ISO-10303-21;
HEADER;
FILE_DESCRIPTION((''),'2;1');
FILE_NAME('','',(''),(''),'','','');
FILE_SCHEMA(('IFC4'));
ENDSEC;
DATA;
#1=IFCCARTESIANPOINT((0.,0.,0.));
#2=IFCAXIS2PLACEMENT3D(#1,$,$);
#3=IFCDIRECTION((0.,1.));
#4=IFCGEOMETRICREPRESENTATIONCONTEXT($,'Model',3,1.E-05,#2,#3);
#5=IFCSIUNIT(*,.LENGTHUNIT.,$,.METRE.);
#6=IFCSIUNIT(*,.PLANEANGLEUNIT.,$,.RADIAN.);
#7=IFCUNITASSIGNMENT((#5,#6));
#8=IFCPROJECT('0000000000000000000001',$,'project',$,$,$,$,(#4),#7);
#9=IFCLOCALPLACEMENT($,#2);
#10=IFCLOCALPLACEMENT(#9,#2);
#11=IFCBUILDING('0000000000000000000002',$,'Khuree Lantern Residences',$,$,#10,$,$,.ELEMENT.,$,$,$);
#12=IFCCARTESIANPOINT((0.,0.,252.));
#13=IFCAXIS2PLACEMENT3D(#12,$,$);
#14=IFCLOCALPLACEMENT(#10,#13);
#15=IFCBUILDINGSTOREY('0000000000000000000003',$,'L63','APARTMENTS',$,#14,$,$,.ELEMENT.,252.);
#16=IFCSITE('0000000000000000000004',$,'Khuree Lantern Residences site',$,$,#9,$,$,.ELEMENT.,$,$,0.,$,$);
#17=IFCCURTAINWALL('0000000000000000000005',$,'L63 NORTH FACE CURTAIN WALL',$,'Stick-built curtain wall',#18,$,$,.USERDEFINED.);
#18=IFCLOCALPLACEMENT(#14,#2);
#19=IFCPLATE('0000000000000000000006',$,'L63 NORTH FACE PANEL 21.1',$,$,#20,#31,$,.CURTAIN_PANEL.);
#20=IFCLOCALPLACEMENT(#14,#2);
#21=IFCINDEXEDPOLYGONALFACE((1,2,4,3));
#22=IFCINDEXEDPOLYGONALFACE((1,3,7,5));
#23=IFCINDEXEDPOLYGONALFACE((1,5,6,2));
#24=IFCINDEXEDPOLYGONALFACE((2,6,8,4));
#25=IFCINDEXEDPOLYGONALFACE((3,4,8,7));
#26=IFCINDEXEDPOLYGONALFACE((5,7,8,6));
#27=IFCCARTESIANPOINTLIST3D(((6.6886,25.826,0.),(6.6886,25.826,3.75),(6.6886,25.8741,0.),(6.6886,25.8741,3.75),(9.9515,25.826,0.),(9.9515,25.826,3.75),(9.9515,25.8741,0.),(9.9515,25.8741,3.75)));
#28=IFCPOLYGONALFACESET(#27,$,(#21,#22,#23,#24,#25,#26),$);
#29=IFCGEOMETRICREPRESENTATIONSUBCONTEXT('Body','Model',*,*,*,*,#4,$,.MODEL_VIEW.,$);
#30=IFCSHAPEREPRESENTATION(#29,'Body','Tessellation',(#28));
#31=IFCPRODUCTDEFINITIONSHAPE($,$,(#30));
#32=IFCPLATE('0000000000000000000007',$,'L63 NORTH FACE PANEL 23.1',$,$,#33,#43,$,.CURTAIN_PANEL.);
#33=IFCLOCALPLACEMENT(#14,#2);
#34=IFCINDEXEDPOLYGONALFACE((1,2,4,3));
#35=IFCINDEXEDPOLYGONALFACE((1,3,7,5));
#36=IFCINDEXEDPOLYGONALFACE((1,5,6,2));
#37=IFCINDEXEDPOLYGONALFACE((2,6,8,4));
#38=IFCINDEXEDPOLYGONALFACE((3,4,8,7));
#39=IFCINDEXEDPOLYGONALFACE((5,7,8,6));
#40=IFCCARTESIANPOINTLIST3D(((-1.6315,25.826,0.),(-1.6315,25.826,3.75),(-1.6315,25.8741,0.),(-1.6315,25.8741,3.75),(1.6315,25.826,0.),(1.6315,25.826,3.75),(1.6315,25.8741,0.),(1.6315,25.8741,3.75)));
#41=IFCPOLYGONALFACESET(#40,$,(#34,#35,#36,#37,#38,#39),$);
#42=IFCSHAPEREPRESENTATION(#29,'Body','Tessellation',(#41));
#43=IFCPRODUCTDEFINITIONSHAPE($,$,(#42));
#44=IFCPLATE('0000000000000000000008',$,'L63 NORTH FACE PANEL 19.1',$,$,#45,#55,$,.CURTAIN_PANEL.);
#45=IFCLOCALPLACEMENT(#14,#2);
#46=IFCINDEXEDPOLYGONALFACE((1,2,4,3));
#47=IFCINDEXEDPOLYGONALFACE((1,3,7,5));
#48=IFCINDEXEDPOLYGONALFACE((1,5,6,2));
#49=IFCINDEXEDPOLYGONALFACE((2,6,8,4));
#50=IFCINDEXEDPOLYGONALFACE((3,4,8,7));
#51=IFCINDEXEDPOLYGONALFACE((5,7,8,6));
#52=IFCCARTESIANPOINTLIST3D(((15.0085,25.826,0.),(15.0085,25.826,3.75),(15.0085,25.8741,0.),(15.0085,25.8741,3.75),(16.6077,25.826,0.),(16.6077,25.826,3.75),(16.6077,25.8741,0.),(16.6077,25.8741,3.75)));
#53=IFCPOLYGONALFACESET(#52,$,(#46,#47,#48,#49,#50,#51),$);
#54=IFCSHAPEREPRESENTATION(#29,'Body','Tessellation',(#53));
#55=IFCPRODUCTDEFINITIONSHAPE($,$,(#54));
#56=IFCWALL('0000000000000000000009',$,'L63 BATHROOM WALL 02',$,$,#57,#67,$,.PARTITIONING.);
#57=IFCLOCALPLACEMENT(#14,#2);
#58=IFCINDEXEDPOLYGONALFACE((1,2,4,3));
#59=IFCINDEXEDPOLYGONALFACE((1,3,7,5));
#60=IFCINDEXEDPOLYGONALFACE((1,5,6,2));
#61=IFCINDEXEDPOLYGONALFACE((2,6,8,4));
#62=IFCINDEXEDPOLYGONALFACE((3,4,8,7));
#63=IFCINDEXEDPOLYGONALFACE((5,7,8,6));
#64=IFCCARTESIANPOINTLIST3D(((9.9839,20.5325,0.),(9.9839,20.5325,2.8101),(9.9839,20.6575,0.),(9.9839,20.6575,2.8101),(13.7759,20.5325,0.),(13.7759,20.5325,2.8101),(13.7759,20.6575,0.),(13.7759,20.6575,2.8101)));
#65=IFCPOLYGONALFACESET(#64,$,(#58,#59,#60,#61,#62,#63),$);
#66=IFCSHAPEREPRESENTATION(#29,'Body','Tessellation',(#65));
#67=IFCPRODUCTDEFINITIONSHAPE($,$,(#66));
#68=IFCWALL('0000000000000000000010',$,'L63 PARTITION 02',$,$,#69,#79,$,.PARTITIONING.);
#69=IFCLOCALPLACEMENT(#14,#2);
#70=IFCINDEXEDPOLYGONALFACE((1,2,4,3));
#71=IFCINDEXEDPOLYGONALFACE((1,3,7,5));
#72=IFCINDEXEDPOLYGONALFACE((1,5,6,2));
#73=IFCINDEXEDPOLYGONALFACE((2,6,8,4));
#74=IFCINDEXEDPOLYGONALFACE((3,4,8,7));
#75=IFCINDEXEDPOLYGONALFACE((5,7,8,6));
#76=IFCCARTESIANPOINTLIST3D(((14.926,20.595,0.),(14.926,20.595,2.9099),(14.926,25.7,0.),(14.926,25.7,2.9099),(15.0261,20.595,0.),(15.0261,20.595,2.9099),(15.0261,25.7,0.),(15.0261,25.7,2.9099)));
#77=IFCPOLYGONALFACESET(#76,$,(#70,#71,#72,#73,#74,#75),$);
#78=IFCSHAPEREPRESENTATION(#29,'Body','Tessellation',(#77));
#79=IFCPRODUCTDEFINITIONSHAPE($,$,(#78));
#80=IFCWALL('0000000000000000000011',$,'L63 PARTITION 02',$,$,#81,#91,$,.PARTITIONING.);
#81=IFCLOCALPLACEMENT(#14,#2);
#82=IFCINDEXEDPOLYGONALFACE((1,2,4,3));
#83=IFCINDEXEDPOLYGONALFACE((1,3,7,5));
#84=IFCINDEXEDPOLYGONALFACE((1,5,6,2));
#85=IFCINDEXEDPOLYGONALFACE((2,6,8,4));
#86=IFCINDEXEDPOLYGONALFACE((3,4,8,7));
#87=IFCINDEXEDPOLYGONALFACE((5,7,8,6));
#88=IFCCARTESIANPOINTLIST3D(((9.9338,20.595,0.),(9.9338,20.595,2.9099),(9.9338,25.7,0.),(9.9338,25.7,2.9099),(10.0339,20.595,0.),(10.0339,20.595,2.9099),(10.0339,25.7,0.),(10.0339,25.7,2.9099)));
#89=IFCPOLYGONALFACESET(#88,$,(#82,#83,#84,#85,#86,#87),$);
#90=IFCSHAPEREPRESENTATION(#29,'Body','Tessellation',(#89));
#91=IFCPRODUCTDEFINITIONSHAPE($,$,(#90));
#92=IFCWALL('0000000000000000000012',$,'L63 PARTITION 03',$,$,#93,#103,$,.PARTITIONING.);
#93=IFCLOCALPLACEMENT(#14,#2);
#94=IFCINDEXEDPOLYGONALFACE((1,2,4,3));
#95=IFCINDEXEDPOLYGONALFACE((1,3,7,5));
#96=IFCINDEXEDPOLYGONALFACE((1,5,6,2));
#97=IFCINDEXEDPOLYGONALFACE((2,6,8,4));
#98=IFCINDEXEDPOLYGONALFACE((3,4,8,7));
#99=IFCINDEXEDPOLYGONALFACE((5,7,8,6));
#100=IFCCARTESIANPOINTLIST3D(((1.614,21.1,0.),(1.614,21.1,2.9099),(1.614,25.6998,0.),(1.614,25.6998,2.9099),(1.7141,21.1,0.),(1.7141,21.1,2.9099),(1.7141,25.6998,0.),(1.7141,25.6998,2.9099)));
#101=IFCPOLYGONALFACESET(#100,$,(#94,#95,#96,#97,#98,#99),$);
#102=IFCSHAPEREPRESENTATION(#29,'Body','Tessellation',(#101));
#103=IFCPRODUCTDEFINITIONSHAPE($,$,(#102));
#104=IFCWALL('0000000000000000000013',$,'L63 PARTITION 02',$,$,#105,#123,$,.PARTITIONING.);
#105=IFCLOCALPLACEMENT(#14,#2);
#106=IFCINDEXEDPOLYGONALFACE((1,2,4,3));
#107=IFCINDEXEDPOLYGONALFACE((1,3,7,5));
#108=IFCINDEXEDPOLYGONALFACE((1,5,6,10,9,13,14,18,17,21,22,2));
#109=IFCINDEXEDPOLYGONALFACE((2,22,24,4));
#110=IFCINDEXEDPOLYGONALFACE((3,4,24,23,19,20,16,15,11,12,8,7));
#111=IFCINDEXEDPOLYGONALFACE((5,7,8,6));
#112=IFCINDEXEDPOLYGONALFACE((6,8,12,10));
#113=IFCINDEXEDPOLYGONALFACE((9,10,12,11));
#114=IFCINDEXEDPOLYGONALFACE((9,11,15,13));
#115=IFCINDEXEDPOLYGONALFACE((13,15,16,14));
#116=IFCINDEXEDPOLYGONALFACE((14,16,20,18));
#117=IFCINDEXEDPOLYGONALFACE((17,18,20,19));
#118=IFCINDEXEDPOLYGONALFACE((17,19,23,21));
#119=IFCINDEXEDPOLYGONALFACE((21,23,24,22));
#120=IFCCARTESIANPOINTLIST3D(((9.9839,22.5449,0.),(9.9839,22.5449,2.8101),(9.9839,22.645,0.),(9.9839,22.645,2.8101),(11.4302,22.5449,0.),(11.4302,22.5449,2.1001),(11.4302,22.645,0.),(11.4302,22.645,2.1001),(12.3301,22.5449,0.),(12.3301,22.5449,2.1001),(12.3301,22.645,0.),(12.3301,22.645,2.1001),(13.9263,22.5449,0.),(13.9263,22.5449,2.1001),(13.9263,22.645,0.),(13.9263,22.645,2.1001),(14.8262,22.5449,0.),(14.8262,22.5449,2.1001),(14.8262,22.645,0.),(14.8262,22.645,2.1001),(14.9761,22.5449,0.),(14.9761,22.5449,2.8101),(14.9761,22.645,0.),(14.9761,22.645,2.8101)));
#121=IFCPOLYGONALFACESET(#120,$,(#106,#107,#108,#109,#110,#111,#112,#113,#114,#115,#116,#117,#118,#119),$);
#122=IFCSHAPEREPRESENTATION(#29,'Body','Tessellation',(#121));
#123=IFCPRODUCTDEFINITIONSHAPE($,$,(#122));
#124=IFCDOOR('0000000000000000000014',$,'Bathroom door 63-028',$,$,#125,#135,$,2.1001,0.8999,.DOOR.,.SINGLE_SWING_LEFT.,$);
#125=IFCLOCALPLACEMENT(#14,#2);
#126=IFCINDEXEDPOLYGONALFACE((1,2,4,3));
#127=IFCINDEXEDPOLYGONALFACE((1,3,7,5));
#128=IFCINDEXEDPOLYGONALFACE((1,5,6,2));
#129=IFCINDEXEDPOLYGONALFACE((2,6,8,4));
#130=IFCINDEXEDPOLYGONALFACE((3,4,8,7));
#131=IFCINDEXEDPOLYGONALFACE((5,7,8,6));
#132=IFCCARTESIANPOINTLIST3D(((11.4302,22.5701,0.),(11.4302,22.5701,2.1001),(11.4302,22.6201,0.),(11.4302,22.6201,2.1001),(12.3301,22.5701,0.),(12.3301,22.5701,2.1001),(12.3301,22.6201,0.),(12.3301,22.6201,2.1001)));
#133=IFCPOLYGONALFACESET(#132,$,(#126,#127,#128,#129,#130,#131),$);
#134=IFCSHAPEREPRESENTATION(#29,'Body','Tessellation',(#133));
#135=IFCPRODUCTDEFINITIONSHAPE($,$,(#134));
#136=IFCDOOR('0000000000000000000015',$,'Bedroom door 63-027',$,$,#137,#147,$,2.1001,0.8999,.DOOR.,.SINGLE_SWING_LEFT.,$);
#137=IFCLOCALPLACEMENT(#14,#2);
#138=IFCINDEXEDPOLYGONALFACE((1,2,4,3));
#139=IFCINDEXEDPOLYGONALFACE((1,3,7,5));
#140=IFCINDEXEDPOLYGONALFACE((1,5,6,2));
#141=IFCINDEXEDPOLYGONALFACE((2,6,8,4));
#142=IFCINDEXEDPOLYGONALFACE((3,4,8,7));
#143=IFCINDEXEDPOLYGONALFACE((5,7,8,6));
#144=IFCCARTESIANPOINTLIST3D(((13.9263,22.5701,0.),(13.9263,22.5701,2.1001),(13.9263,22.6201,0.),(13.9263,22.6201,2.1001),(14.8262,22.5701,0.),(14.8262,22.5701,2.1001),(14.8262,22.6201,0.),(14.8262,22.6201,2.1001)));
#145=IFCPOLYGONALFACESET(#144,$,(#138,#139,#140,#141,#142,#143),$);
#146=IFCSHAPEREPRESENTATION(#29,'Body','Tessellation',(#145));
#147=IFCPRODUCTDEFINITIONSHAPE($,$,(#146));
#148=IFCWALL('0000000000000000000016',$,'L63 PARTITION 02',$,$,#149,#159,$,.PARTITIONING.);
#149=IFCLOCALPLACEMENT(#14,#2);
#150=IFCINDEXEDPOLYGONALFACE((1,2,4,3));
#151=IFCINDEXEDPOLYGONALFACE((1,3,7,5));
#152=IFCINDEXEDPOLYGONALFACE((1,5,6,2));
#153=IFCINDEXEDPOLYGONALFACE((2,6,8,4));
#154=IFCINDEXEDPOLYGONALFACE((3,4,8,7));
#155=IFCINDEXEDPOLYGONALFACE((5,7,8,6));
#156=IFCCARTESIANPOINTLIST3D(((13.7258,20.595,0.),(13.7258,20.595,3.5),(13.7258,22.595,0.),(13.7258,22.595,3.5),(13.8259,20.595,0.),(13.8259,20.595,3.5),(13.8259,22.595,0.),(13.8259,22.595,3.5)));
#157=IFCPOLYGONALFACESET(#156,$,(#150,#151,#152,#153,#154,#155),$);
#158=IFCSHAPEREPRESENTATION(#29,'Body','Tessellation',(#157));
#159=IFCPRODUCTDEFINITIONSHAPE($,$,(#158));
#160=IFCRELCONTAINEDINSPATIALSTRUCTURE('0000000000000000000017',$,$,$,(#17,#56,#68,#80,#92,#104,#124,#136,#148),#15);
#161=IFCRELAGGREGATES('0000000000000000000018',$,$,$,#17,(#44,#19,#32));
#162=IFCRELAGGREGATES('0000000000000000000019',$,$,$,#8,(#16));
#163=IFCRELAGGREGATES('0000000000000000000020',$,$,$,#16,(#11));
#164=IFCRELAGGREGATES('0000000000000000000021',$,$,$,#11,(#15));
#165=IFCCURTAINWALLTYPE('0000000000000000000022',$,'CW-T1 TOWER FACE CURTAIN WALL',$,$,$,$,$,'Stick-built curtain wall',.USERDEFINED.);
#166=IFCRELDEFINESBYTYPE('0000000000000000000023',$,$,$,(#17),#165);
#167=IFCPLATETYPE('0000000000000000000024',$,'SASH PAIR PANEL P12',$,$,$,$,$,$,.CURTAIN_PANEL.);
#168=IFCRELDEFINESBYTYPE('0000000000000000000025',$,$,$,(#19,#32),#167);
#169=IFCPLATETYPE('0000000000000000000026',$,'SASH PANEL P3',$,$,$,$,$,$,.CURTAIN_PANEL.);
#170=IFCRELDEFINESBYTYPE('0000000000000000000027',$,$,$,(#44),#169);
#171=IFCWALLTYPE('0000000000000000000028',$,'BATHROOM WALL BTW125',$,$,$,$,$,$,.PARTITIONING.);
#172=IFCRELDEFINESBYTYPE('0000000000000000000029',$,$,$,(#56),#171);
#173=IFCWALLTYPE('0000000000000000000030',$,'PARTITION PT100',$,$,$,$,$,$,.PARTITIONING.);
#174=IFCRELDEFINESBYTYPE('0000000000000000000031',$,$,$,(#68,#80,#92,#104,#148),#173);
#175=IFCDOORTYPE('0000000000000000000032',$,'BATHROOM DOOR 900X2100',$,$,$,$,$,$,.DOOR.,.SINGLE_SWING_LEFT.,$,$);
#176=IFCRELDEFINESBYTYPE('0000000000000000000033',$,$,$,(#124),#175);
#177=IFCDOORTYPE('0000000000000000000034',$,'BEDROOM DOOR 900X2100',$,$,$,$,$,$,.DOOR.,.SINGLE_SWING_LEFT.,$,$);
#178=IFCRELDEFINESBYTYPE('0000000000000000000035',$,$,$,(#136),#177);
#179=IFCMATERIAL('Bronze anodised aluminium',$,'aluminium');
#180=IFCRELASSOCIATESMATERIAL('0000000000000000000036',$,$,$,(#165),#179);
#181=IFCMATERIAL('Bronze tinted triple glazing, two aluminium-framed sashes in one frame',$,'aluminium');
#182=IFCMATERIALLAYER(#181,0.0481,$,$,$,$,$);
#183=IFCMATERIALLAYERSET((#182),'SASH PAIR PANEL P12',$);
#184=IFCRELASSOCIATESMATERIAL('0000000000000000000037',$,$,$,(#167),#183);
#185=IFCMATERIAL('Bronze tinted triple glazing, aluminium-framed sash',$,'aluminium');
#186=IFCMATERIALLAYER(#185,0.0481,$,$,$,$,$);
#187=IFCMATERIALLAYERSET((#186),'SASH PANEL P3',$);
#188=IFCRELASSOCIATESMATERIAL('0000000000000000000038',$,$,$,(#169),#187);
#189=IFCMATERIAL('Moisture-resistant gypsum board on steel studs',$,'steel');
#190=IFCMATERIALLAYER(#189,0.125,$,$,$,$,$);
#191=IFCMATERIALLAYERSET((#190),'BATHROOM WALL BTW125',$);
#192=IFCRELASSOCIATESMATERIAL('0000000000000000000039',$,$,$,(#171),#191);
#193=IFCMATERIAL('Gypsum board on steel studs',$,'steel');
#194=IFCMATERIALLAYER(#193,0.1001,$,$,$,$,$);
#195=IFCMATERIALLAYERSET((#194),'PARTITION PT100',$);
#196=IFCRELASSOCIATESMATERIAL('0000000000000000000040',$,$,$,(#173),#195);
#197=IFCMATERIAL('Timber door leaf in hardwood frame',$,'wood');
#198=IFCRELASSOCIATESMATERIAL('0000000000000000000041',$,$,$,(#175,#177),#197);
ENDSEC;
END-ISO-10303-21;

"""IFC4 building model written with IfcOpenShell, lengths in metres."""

from ifc_helpers import new_model, si_unit, direction, frame, frame_2d, origin, origin_2d, place, context, subcontext, project, spatial, rectangle, extrude, material, layer, layer_set, type_object, element, fill, aggregate, save


model = new_model("IFC4")

# Units and contexts
model_context = context("Model", 3, precision=1e-05, world=origin(), true_north=direction((0.0, 1.0)))
body_context = subcontext(model_context, "Body", "Model", "MODEL_VIEW")
ifc_project = project(units=[si_unit("LENGTHUNIT", "METRE"), si_unit("PLANEANGLEUNIT", "RADIAN")], contexts=[model_context])

# Site, building, storey
site_placement = place(None, origin())
site = spatial("IfcSite", under=ifc_project, at=site_placement, Name="Khuree Lantern Residences site", CompositionType="ELEMENT", RefElevation=0.0)
building_placement = place(site_placement, origin())
building = spatial("IfcBuilding", under=site, at=building_placement, Name="Khuree Lantern Residences", CompositionType="ELEMENT")
storey_placement = place(building_placement, frame((0.0, 0.0, 252.0)))
storey = spatial("IfcBuildingStorey", under=building, at=storey_placement, Name="L63", Description="APARTMENTS", CompositionType="ELEMENT", Elevation=252.0)

# Curtain wall
ifc_material_1 = material(Name="Bronze anodised aluminium", Category="aluminium")
curtain_wall_type = type_object("IfcCurtainWallType", Name="CW-T1 TOWER FACE CURTAIN WALL", ElementType="Stick-built curtain wall", PredefinedType="USERDEFINED", material=ifc_material_1)
curtain_wall_placement = place(storey_placement, origin())
curtain_wall = element("IfcCurtainWall", 1, at=curtain_wall_placement, inside=storey, type_object=curtain_wall_type, Name="L63 NORTH FACE CURTAIN WALL", ObjectType="Stick-built curtain wall", PredefinedType="USERDEFINED")

# Plates
ifc_material_2 = material(Name="Bronze tinted triple glazing, two aluminium-framed sashes in one frame", Category="aluminium")
ifc_layer_1 = layer(ifc_material_2, 0.0481)
ifc_layer_set_1 = layer_set([ifc_layer_1], Name="SASH PAIR PANEL P12")
plate_type_1 = type_object("IfcPlateType", Name="SASH PAIR PANEL P12", PredefinedType="CURTAIN_PANEL", material=ifc_layer_set_1)
plate_1_placement = place(storey_placement, frame((8.3201, 25.8501, 0.0), z_axis=(0.0, 0.0, 1.0), x_axis=(-1.0, 0.0, 0.0)))
plate_1 = element("IfcPlate", 2, at=plate_1_placement, type_object=plate_type_1, Name="L63 NORTH FACE PANEL 21.1", PredefinedType="CURTAIN_PANEL", context=body_context, shape_type="SweptSolid", body=[
    extrude(rectangle(XDim=3.2629, YDim=0.0481, at=origin_2d()), origin(), (0.0, 0.0, 1.0), 3.75),
])
plate_2_placement = place(storey_placement, frame((0.0, 25.8501, 0.0), z_axis=(0.0, 0.0, 1.0), x_axis=(-1.0, 0.0, 0.0)))
plate_2 = element("IfcPlate", 3, at=plate_2_placement, type_object=plate_type_1, Name="L63 NORTH FACE PANEL 23.1", PredefinedType="CURTAIN_PANEL", context=body_context, shape_type="SweptSolid", body=[
    extrude(rectangle(XDim=3.2629, YDim=0.0481, at=origin_2d()), origin(), (0.0, 0.0, 1.0), 3.75),
])
ifc_material_3 = material(Name="Bronze tinted triple glazing, aluminium-framed sash", Category="aluminium")
ifc_layer_2 = layer(ifc_material_3, 0.0481)
ifc_layer_set_2 = layer_set([ifc_layer_2], Name="SASH PANEL P3")
plate_type_2 = type_object("IfcPlateType", Name="SASH PANEL P3", PredefinedType="CURTAIN_PANEL", material=ifc_layer_set_2)
plate_3_placement = place(storey_placement, frame((15.8081, 25.8501, 0.0), z_axis=(0.0, 0.0, 1.0), x_axis=(-1.0, 0.0, 0.0)))
plate_3 = element("IfcPlate", 4, at=plate_3_placement, type_object=plate_type_2, Name="L63 NORTH FACE PANEL 19.1", PredefinedType="CURTAIN_PANEL", context=body_context, shape_type="SweptSolid", body=[
    extrude(rectangle(XDim=1.5991, YDim=0.0481, at=origin_2d()), origin(), (0.0, 0.0, 1.0), 3.75),
])
aggregate(curtain_wall, [plate_3, plate_1, plate_2])

# Walls
ifc_material_4 = material(Name="Moisture-resistant gypsum board on steel studs", Category="steel")
ifc_layer_3 = layer(ifc_material_4, 0.125)
ifc_layer_set_3 = layer_set([ifc_layer_3], Name="BATHROOM WALL BTW125")
wall_type_1 = type_object("IfcWallType", Name="BATHROOM WALL BTW125", PredefinedType="PARTITIONING", material=ifc_layer_set_3)
wall_1_placement = place(storey_placement, frame((13.7759, 20.595, 0.0), z_axis=(0.0, 0.0, 1.0), x_axis=(-1.0, 0.0, 0.0)))
element("IfcWall", 5, at=wall_1_placement, inside=storey, type_object=wall_type_1, Name="L63 BATHROOM WALL 02", PredefinedType="PARTITIONING", context=body_context, shape_type="SweptSolid", body=[
    extrude(rectangle(XDim=3.792, YDim=0.125, at=frame_2d((1.896, 0.0))), origin(), (0.0, 0.0, 1.0), 2.8101),
])
ifc_material_5 = material(Name="Gypsum board on steel studs", Category="steel")
ifc_layer_4 = layer(ifc_material_5, 0.1001)
ifc_layer_set_4 = layer_set([ifc_layer_4], Name="PARTITION PT100")
wall_type_2 = type_object("IfcWallType", Name="PARTITION PT100", PredefinedType="PARTITIONING", material=ifc_layer_set_4)
for number, where, z_axis, x_axis, name in (
    (6, (14.9761, 20.595, 0.0), (0.0, 0.0, 1.0), (0.0, 1.0, 0.0), "L63 PARTITION 02"),
    (7, (9.9839, 20.595, 0.0), (0.0, 0.0, 1.0), (0.0, 1.0, 0.0), "L63 PARTITION 02"),
):
    element("IfcWall", number, at=place(storey_placement, frame(where, z_axis=z_axis, x_axis=x_axis)), inside=storey, type_object=wall_type_2, Name=name, PredefinedType="PARTITIONING", context=body_context, shape_type="SweptSolid", body=[
        extrude(rectangle(XDim=5.105, YDim=0.1001, at=frame_2d((2.5525, 0.0))), origin(), (0.0, 0.0, 1.0), 2.9099),
    ])
wall_2_placement = place(storey_placement, frame((1.6641, 21.1001, 0.0), z_axis=(0.0, 0.0, 1.0), x_axis=(0.0, 1.0, 0.0)))
element("IfcWall", 8, at=wall_2_placement, inside=storey, type_object=wall_type_2, Name="L63 PARTITION 03", PredefinedType="PARTITIONING", context=body_context, shape_type="SweptSolid", body=[
    extrude(rectangle(XDim=4.5999, YDim=0.1001, at=frame_2d((2.2998, 0.0))), origin(), (0.0, 0.0, 1.0), 2.9099),
])

# Wall, openings, doors
wall_3_placement = place(storey_placement, frame((14.9761, 22.595, 0.0), z_axis=(0.0, 0.0, 1.0), x_axis=(-1.0, 0.0, 0.0)))
wall_3 = element("IfcWall", 9, at=wall_3_placement, inside=storey, type_object=wall_type_2, Name="L63 PARTITION 02", PredefinedType="PARTITIONING", context=body_context, shape_type="SweptSolid", body=[
    extrude(rectangle(XDim=4.9922, YDim=0.1001, at=frame_2d((2.4961, 0.0))), origin(), (0.0, 0.0, 1.0), 2.8101),
])
opening_1_placement = place(wall_3_placement, frame((0.1499, 0.0, 0.0)))
opening_1 = element("IfcOpeningElement", 10, at=opening_1_placement, cuts=wall_3, PredefinedType="OPENING", context=body_context, shape_type="SweptSolid", body=[
    extrude(rectangle(XDim=0.8999, YDim=2.1001, at=frame_2d((0.45, 1.05))), frame((0.0, 0.0601, 0.0), z_axis=(0.0, -1.0, 0.0), x_axis=(1.0, 0.0, 0.0)), (0.0, 0.0, 1.0), 0.1201),
])
opening_2_placement = place(wall_3_placement, frame((2.646, 0.0, 0.0)))
opening_2 = element("IfcOpeningElement", 11, at=opening_2_placement, cuts=wall_3, PredefinedType="OPENING", context=body_context, shape_type="SweptSolid", body=[
    extrude(rectangle(XDim=0.8999, YDim=2.1001, at=frame_2d((0.45, 1.05))), frame((0.0, 0.0601, 0.0), z_axis=(0.0, -1.0, 0.0), x_axis=(1.0, 0.0, 0.0)), (0.0, 0.0, 1.0), 0.1201),
])
ifc_material_6 = material(Name="Timber door leaf in hardwood frame", Category="wood")
door_type_1 = type_object("IfcDoorType", Name="BATHROOM DOOR 900X2100", OperationType="SINGLE_SWING_LEFT", PredefinedType="DOOR", material=ifc_material_6)
door_1_placement = place(opening_2_placement, origin())
door_1 = element("IfcDoor", 12, at=door_1_placement, inside=storey, type_object=door_type_1, Name="Bathroom door 63-028", OperationType="SINGLE_SWING_LEFT", OverallHeight=2.1001, OverallWidth=0.8999, PredefinedType="DOOR", context=body_context, shape_type="SweptSolid", body=[
    extrude(rectangle(XDim=0.8999, YDim=2.1001, at=frame_2d((0.45, 1.05))), frame((0.0, 0.0249, 0.0), z_axis=(0.0, -1.0, 0.0), x_axis=(1.0, 0.0, 0.0)), (0.0, 0.0, 1.0), 0.05),
])
fill(opening_2, door_1)
door_type_2 = type_object("IfcDoorType", Name="BEDROOM DOOR 900X2100", OperationType="SINGLE_SWING_LEFT", PredefinedType="DOOR", material=ifc_material_6)
door_2_placement = place(opening_1_placement, origin())
door_2 = element("IfcDoor", 13, at=door_2_placement, inside=storey, type_object=door_type_2, Name="Bedroom door 63-027", OperationType="SINGLE_SWING_LEFT", OverallHeight=2.1001, OverallWidth=0.8999, PredefinedType="DOOR", context=body_context, shape_type="SweptSolid", body=[
    extrude(rectangle(XDim=0.8999, YDim=2.1001, at=frame_2d((0.45, 1.05))), frame((0.0, 0.0249, 0.0), z_axis=(0.0, -1.0, 0.0), x_axis=(1.0, 0.0, 0.0)), (0.0, 0.0, 1.0), 0.05),
])
fill(opening_1, door_2)

# Wall
wall_4_placement = place(storey_placement, frame((13.7759, 20.595, 0.0), z_axis=(0.0, 0.0, 1.0), x_axis=(0.0, 1.0, 0.0)))
element("IfcWall", 14, at=wall_4_placement, inside=storey, type_object=wall_type_2, Name="L63 PARTITION 02", PredefinedType="PARTITIONING", context=body_context, shape_type="SweptSolid", body=[
    extrude(rectangle(XDim=2.0, YDim=0.1001, at=frame_2d((1.0, 0.0))), origin(), (0.0, 0.0, 1.0), 3.5),
])

save(model, "model.ifc")
